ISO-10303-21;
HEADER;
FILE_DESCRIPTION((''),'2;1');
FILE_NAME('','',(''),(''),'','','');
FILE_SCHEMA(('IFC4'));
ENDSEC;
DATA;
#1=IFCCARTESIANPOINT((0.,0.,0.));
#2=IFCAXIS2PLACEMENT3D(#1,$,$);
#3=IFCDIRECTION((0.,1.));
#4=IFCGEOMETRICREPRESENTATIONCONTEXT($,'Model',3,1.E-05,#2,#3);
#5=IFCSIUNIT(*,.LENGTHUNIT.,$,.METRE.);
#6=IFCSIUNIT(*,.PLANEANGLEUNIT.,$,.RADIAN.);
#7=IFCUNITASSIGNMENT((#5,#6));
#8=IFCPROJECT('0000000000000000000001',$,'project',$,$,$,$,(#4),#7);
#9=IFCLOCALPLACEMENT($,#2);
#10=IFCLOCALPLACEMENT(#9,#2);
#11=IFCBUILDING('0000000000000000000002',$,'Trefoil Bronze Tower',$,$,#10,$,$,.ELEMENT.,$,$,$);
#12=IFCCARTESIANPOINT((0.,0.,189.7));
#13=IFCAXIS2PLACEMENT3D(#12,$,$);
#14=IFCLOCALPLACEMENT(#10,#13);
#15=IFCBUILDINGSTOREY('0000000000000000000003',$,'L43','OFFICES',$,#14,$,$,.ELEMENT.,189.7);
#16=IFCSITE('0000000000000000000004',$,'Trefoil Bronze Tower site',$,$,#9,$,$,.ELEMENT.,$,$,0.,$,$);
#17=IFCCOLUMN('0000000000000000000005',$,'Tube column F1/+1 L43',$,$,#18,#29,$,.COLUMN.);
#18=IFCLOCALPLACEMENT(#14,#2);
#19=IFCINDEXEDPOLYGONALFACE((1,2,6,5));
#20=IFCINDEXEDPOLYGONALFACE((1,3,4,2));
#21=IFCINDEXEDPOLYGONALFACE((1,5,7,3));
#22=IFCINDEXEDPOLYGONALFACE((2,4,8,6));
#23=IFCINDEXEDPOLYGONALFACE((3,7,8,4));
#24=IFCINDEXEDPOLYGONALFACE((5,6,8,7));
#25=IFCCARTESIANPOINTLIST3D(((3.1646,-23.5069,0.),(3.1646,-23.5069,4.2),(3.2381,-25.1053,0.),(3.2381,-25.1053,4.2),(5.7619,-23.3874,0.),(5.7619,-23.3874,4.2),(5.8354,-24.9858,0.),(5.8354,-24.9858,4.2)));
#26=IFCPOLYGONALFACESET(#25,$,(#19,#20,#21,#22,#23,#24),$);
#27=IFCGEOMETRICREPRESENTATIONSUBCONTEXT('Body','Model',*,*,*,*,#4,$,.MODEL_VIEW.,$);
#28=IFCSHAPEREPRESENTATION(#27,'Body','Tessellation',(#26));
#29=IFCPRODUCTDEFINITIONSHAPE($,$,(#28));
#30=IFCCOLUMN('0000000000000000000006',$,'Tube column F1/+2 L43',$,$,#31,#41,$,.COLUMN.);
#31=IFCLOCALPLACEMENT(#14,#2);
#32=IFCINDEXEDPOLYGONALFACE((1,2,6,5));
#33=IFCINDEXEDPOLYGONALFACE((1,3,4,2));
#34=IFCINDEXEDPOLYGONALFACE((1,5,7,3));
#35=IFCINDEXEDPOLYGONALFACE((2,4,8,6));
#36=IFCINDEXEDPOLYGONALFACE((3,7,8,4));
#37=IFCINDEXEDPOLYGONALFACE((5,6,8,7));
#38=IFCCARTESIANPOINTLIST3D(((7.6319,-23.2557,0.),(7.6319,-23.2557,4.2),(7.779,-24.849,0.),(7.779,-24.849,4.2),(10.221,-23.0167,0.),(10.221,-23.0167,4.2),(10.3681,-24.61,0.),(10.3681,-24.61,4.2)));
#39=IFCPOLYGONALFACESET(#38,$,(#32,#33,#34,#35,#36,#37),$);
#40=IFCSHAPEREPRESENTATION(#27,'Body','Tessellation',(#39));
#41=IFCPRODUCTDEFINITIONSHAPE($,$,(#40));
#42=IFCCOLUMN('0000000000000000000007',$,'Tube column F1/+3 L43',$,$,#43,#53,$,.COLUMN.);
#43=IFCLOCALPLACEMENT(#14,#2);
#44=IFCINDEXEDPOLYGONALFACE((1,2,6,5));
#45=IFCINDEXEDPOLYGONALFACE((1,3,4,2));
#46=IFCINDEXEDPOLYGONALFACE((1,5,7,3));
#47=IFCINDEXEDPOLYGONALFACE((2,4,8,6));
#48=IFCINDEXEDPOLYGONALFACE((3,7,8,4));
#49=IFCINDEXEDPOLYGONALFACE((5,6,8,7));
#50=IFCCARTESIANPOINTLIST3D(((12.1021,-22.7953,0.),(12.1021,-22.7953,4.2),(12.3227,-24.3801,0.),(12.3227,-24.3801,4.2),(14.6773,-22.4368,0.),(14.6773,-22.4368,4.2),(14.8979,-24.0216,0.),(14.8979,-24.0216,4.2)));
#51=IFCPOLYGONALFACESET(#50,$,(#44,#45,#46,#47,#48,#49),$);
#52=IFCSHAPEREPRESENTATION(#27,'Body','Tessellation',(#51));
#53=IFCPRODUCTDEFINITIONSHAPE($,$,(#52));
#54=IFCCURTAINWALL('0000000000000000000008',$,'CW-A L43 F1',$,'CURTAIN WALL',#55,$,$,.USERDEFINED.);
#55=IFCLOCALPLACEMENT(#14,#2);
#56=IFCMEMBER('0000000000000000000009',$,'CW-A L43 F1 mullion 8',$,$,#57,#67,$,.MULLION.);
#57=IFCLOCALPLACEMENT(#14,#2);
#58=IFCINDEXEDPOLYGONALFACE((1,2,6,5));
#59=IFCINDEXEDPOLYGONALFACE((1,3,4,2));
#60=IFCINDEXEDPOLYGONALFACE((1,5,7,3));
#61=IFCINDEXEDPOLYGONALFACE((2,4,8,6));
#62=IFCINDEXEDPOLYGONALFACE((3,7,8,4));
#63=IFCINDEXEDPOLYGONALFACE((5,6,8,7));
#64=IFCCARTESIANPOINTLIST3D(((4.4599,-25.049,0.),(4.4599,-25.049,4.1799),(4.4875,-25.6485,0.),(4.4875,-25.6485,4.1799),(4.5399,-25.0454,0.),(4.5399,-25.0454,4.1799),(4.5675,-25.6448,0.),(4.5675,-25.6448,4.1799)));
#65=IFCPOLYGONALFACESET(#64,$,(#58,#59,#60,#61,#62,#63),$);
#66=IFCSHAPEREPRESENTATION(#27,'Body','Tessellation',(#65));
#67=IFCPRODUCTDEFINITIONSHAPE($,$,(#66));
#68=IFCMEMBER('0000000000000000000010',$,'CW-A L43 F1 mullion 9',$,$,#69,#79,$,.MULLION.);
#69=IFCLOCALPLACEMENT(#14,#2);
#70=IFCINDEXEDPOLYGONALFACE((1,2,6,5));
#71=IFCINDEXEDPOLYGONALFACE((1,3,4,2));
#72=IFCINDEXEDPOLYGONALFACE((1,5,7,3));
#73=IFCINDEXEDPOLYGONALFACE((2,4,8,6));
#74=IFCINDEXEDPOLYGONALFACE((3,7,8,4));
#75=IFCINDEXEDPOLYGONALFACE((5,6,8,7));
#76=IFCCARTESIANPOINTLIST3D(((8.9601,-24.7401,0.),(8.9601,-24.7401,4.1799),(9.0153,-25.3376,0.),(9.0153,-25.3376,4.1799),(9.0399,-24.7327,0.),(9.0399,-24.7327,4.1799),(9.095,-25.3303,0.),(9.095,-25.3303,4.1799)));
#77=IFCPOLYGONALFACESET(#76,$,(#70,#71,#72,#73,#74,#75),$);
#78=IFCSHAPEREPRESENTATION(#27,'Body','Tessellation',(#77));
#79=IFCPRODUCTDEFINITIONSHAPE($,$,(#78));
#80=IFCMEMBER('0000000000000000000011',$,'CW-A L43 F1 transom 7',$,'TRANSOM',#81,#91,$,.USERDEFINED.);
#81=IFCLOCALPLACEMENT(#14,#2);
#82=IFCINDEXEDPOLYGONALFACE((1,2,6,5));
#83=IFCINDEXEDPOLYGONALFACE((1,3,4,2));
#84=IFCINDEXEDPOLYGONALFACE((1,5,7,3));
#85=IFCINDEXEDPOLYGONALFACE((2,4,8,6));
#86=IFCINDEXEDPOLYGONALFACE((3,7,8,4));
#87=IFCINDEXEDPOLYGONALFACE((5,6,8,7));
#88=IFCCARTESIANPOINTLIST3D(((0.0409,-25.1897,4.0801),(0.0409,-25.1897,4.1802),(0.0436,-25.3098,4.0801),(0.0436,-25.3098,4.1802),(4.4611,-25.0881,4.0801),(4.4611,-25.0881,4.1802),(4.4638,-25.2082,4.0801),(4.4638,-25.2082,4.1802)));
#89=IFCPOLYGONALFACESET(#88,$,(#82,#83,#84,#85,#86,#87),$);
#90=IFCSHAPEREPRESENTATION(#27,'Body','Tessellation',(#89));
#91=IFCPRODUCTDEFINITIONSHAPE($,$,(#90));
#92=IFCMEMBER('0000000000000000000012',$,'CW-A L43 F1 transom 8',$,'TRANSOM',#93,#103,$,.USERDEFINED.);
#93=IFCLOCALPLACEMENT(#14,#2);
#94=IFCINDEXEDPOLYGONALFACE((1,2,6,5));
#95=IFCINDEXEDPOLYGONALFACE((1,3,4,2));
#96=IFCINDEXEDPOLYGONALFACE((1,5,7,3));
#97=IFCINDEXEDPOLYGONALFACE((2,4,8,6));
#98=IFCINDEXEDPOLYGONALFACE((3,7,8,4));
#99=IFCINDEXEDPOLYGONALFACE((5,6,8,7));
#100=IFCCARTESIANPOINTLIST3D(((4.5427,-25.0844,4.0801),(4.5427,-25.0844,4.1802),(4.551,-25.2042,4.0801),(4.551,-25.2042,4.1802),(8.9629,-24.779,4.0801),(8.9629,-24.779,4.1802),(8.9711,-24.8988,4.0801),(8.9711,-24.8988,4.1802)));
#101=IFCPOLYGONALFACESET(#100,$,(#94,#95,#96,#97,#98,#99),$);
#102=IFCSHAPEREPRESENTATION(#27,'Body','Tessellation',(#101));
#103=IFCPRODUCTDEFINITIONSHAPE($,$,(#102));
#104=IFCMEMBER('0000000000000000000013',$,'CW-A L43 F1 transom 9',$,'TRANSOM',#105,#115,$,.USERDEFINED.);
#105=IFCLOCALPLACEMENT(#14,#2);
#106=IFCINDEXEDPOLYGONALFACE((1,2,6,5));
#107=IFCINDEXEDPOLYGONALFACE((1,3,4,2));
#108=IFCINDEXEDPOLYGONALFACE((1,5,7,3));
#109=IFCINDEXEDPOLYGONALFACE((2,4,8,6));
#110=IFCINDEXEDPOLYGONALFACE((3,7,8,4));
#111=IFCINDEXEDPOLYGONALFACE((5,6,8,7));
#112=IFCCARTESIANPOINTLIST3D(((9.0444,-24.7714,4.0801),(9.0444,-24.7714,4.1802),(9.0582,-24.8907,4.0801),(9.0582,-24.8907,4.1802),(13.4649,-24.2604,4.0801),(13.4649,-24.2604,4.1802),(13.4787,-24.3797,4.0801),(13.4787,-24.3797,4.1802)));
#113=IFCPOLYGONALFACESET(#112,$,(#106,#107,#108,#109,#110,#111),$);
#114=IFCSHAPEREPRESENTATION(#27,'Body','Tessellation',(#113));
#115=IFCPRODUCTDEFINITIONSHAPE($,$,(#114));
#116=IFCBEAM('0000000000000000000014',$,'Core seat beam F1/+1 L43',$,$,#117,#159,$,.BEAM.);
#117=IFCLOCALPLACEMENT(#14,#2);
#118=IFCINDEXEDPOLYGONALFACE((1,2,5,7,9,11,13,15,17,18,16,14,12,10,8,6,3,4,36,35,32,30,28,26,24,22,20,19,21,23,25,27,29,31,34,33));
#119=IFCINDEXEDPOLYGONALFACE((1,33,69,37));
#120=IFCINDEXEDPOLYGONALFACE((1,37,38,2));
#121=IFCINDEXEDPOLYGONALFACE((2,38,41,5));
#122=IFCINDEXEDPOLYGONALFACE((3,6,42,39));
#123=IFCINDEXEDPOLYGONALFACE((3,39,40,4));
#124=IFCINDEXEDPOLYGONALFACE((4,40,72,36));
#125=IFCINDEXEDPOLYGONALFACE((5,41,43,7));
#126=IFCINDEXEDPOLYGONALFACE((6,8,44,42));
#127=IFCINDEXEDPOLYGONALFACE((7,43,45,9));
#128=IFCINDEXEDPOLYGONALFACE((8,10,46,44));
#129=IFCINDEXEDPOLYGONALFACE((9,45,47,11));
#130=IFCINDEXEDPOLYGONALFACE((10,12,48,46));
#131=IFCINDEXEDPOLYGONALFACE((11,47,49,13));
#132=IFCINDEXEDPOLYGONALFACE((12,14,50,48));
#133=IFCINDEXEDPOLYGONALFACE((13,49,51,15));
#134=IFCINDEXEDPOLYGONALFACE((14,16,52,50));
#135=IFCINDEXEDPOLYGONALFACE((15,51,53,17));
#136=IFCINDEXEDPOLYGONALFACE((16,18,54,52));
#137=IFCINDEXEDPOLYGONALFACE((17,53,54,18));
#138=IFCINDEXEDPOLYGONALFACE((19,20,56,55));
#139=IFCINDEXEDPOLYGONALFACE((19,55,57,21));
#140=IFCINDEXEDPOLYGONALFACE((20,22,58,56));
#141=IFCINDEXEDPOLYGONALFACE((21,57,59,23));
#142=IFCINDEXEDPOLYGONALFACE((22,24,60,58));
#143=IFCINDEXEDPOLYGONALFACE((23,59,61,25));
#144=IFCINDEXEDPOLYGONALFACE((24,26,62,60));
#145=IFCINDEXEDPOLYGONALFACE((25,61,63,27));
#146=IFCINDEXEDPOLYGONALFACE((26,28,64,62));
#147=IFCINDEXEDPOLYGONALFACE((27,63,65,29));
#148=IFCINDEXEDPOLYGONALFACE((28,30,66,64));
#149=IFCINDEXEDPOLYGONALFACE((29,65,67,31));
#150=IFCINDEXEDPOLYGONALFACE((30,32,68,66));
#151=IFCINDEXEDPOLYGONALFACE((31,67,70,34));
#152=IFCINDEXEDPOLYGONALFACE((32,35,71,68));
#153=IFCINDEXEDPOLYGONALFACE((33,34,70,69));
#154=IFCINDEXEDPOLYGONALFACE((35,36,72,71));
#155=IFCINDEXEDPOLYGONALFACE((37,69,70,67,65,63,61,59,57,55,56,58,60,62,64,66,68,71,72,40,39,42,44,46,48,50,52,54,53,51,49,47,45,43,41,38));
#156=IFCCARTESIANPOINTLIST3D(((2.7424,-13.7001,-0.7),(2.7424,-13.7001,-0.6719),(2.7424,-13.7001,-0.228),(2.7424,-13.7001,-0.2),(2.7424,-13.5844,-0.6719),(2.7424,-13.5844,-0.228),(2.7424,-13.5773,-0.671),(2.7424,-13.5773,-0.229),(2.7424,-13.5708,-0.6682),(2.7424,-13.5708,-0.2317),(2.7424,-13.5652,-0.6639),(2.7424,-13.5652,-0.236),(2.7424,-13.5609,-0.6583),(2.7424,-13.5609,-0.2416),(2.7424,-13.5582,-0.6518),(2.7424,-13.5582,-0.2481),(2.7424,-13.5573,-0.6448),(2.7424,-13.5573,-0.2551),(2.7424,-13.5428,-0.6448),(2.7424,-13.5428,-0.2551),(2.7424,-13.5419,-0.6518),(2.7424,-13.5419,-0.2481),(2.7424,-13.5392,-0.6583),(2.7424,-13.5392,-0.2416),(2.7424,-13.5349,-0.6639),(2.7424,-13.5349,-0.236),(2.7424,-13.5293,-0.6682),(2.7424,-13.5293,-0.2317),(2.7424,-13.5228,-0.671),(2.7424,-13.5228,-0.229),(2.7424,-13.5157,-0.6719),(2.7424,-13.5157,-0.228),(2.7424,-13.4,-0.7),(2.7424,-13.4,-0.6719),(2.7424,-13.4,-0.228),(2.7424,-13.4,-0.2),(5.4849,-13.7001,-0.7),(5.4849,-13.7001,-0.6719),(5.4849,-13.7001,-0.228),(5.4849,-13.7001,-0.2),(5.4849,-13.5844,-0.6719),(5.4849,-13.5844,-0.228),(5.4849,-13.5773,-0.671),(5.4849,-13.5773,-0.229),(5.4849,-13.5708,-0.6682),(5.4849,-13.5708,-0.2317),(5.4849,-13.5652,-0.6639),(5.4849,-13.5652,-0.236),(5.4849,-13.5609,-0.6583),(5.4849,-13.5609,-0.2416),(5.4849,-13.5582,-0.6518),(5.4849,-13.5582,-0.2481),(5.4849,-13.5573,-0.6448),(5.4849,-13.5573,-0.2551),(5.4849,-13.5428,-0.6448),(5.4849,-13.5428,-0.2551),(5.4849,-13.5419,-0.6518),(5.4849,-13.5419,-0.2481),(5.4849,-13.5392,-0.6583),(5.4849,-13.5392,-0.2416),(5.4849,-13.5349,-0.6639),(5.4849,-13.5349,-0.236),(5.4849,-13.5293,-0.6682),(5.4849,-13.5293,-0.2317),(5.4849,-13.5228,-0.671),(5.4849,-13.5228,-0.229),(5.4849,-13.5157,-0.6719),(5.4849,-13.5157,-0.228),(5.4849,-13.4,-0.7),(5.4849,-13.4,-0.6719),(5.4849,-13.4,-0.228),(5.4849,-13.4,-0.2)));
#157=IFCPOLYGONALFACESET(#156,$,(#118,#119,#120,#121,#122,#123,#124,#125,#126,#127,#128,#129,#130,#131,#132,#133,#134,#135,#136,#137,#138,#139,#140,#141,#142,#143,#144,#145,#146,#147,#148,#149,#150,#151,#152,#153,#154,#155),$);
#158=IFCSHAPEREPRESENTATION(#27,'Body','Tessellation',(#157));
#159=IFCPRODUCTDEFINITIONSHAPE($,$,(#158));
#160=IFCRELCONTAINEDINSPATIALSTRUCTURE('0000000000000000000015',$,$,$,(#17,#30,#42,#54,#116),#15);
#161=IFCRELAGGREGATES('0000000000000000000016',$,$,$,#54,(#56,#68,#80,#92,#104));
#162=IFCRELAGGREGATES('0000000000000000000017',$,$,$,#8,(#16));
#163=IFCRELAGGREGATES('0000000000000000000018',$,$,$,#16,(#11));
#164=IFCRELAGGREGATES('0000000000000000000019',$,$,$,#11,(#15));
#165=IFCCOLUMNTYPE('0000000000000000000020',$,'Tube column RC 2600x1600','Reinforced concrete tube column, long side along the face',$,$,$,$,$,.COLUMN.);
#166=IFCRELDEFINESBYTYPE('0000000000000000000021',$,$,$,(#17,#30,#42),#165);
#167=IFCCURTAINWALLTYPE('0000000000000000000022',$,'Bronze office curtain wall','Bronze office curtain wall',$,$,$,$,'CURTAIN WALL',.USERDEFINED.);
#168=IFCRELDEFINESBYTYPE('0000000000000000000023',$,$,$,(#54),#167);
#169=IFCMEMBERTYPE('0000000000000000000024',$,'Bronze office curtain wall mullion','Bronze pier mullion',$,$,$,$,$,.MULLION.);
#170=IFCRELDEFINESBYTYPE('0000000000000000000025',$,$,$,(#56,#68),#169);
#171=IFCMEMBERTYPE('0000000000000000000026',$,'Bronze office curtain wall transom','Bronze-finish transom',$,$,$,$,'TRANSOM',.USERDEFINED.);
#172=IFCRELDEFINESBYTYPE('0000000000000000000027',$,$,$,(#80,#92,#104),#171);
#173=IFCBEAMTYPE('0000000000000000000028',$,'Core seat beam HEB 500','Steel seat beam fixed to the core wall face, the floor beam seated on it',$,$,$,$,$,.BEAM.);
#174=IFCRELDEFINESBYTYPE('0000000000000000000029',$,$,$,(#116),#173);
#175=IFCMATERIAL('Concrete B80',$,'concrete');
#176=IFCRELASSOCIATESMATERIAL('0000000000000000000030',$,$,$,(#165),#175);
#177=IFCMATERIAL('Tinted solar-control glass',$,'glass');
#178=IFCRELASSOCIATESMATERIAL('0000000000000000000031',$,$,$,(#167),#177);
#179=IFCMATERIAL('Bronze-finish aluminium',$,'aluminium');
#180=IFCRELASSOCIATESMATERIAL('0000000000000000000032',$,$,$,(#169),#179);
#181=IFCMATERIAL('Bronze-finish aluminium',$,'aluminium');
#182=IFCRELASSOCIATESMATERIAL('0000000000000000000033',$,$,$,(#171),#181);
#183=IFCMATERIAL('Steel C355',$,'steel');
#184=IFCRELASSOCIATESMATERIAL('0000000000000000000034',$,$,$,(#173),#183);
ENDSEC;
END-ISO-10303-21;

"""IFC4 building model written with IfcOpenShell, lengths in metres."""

from ifc_helpers import new_model, si_unit, direction, frame, origin, origin_2d, place, context, subcontext, project, spatial, rectangle, i_section, extrude, material, material_profile, profile_set, type_object, element, aggregate, save


model = new_model("IFC4")

# Units and contexts
model_context = context("Model", 3, precision=1e-05, world=origin(), true_north=direction((0.0, 1.0)))
body_context = subcontext(model_context, "Body", "Model", "MODEL_VIEW")
ifc_project = project(units=[si_unit("LENGTHUNIT", "METRE"), si_unit("PLANEANGLEUNIT", "RADIAN")], contexts=[model_context])

# Site, building, storey
site_placement = place(None, origin())
site = spatial("IfcSite", under=ifc_project, at=site_placement, Name="Trefoil Bronze Tower site", CompositionType="ELEMENT", RefElevation=0.0)
building_placement = place(site_placement, origin())
building = spatial("IfcBuilding", under=site, at=building_placement, Name="Trefoil Bronze Tower", CompositionType="ELEMENT")
storey_placement = place(building_placement, frame((0.0, 0.0, 189.7)))
storey = spatial("IfcBuildingStorey", under=building, at=storey_placement, Name="L43", Description="OFFICES", CompositionType="ELEMENT", Elevation=189.7)

# Columns
ifc_material_1 = material(Name="Concrete B80", Category="concrete")
ifc_material_profile_1 = material_profile(ifc_material_1, rectangle(XDim=2.6001, YDim=1.6001, at=origin_2d()), Name="RC 2600x1600")
ifc_profile_set_1 = profile_set([ifc_material_profile_1], Name="Concrete B80")
column_type = type_object("IfcColumnType", Name="Tube column RC 2600x1600", Description="Reinforced concrete tube column, long side along the face", PredefinedType="COLUMN", material=ifc_profile_set_1)
for number, where, z_axis, x_axis, name in (
    (1, (4.5, -24.2463, 0.0), (0.0, 0.0, 1.0), (0.998943, 0.045956, 0.0), "Tube column F1/+1 L43"),
    (2, (9.0, -23.9329, 0.0), (0.0, 0.0, 1.0), (0.995767, 0.091911, 0.0), "Tube column F1/+2 L43"),
    (3, (13.5, -23.4084, 0.0), (0.0, 0.0, 1.0), (0.990451, 0.137868, 0.0), "Tube column F1/+3 L43"),
):
    element("IfcColumn", number, at=place(storey_placement, frame(where, z_axis=z_axis, x_axis=x_axis)), inside=storey, type_object=column_type, Name=name, PredefinedType="COLUMN", context=body_context, shape_type="SweptSolid", body=[
        extrude(rectangle(XDim=2.6001, YDim=1.6001, at=origin_2d()), origin(), (0.0, 0.0, 1.0), 4.2),
    ])

# Curtain wall, members
ifc_material_2 = material(Name="Tinted solar-control glass", Category="glass")
curtain_wall_type = type_object("IfcCurtainWallType", Name="Bronze office curtain wall", Description="Bronze office curtain wall", ElementType="CURTAIN WALL", PredefinedType="USERDEFINED", material=ifc_material_2)
curtain_wall_placement = place(storey_placement, origin())
curtain_wall = element("IfcCurtainWall", 4, at=curtain_wall_placement, inside=storey, type_object=curtain_wall_type, Name="CW-A L43 F1", ObjectType="CURTAIN WALL", PredefinedType="USERDEFINED")
ifc_material_3 = material(Name="Bronze-finish aluminium", Category="aluminium")
ifc_material_profile_2 = material_profile(ifc_material_3, rectangle(XDim=0.6001, YDim=0.0801, at=origin_2d()), Name="CW-A mullion")
ifc_profile_set_2 = profile_set([ifc_material_profile_2], Name="Bronze-finish aluminium")
member_type_1 = type_object("IfcMemberType", Name="Bronze office curtain wall mullion", Description="Bronze pier mullion", PredefinedType="MULLION", material=ifc_profile_set_2)
member_1_placement = place(storey_placement, frame((4.5137, -25.3469, 0.0), z_axis=(0.0, 0.0, 1.0), x_axis=(-0.045956, 0.998943, 0.0)))
member_1 = element("IfcMember", 5, at=member_1_placement, type_object=member_type_1, Name="CW-A L43 F1 mullion 8", PredefinedType="MULLION", context=body_context, shape_type="SweptSolid", body=[
    extrude(rectangle(XDim=0.6001, YDim=0.0801, at=origin_2d()), origin(), (0.0, 0.0, 1.0), 4.1799),
])
member_2_placement = place(storey_placement, frame((9.0276, -25.0352, 0.0), z_axis=(0.0, 0.0, 1.0), x_axis=(-0.091911, 0.995767, 0.0)))
member_2 = element("IfcMember", 6, at=member_2_placement, type_object=member_type_1, Name="CW-A L43 F1 mullion 9", PredefinedType="MULLION", context=body_context, shape_type="SweptSolid", body=[
    extrude(rectangle(XDim=0.6001, YDim=0.0801, at=origin_2d()), origin(), (0.0, 0.0, 1.0), 4.1799),
])
ifc_material_4 = material(Name="Bronze-finish aluminium", Category="aluminium")
ifc_material_profile_3 = material_profile(ifc_material_4, rectangle(XDim=0.1201, YDim=0.1001, at=origin_2d()), Name="CW-A transom")
ifc_profile_set_3 = profile_set([ifc_material_profile_3], Name="Bronze-finish aluminium")
member_type_2 = type_object("IfcMemberType", Name="Bronze office curtain wall transom", Description="Bronze-finish transom", ElementType="TRANSOM", PredefinedType="USERDEFINED", material=ifc_profile_set_3)
member_3_placement = place(storey_placement, frame((0.0422, -25.2498, 4.1301), z_axis=(0.999736, 0.022971, 0.0), x_axis=(-0.022971, 0.999736, 0.0)))
member_3 = element("IfcMember", 7, at=member_3_placement, type_object=member_type_2, Name="CW-A L43 F1 transom 7", ObjectType="TRANSOM", PredefinedType="USERDEFINED", context=body_context, shape_type="SweptSolid", body=[
    extrude(rectangle(XDim=0.1201, YDim=0.1001, at=origin_2d()), origin(), (0.0, 0.0, 1.0), 4.4214),
])
member_4_placement = place(storey_placement, frame((4.5469, -25.1443, 4.1301), z_axis=(0.997621, 0.068933, 0.0), x_axis=(-0.068933, 0.997621, 0.0)))
member_4 = element("IfcMember", 8, at=member_4_placement, type_object=member_type_2, Name="CW-A L43 F1 transom 8", ObjectType="TRANSOM", PredefinedType="USERDEFINED", context=body_context, shape_type="SweptSolid", body=[
    extrude(rectangle(XDim=0.1201, YDim=0.1001, at=origin_2d()), origin(), (0.0, 0.0, 1.0), 4.4307),
])
member_5_placement = place(storey_placement, frame((9.0513, -24.8311, 4.1301), z_axis=(0.993385, 0.114832, 0.0), x_axis=(-0.114832, 0.993385, 0.0)))
member_5 = element("IfcMember", 9, at=member_5_placement, type_object=member_type_2, Name="CW-A L43 F1 transom 9", ObjectType="TRANSOM", PredefinedType="USERDEFINED", context=body_context, shape_type="SweptSolid", body=[
    extrude(rectangle(XDim=0.1201, YDim=0.1001, at=origin_2d()), origin(), (0.0, 0.0, 1.0), 4.45),
])

# Beam
ifc_material_5 = material(Name="Steel C355", Category="steel")
ifc_material_profile_4 = material_profile(ifc_material_5, i_section(OverallWidth=0.3, OverallDepth=0.5, WebThickness=0.0144, FlangeThickness=0.0281, FilletRadius=0.0271, at=origin_2d()), Name="HEB 500")
ifc_profile_set_4 = profile_set([ifc_material_profile_4], Name="Steel C355")
beam_type_1 = type_object("IfcBeamType", Name="Core seat beam HEB 500", Description="Steel seat beam fixed to the core wall face, the floor beam seated on it", PredefinedType="BEAM", material=ifc_profile_set_4)
for number, where, z_axis, x_axis, name in (
    (10, (2.7424, -13.55, -0.45), (1.0, 0.0, 0.0), (0.0, 1.0, 0.0), "Core seat beam F1/+1 L43"),
):
    element("IfcBeam", number, at=place(storey_placement, frame(where, z_axis=z_axis, x_axis=x_axis)), inside=storey, type_object=beam_type_1, Name=name, PredefinedType="BEAM", context=body_context, shape_type="SweptSolid", body=[
        extrude(i_section(OverallWidth=0.3, OverallDepth=0.5, WebThickness=0.0144, FlangeThickness=0.0281, FilletRadius=0.0271, at=origin_2d()), origin(), (0.0, 0.0, 1.0), 2.7424),
    ])

aggregate(curtain_wall, [member_1, member_2, member_3, member_4, member_5])

save(model, "model.ifc")
